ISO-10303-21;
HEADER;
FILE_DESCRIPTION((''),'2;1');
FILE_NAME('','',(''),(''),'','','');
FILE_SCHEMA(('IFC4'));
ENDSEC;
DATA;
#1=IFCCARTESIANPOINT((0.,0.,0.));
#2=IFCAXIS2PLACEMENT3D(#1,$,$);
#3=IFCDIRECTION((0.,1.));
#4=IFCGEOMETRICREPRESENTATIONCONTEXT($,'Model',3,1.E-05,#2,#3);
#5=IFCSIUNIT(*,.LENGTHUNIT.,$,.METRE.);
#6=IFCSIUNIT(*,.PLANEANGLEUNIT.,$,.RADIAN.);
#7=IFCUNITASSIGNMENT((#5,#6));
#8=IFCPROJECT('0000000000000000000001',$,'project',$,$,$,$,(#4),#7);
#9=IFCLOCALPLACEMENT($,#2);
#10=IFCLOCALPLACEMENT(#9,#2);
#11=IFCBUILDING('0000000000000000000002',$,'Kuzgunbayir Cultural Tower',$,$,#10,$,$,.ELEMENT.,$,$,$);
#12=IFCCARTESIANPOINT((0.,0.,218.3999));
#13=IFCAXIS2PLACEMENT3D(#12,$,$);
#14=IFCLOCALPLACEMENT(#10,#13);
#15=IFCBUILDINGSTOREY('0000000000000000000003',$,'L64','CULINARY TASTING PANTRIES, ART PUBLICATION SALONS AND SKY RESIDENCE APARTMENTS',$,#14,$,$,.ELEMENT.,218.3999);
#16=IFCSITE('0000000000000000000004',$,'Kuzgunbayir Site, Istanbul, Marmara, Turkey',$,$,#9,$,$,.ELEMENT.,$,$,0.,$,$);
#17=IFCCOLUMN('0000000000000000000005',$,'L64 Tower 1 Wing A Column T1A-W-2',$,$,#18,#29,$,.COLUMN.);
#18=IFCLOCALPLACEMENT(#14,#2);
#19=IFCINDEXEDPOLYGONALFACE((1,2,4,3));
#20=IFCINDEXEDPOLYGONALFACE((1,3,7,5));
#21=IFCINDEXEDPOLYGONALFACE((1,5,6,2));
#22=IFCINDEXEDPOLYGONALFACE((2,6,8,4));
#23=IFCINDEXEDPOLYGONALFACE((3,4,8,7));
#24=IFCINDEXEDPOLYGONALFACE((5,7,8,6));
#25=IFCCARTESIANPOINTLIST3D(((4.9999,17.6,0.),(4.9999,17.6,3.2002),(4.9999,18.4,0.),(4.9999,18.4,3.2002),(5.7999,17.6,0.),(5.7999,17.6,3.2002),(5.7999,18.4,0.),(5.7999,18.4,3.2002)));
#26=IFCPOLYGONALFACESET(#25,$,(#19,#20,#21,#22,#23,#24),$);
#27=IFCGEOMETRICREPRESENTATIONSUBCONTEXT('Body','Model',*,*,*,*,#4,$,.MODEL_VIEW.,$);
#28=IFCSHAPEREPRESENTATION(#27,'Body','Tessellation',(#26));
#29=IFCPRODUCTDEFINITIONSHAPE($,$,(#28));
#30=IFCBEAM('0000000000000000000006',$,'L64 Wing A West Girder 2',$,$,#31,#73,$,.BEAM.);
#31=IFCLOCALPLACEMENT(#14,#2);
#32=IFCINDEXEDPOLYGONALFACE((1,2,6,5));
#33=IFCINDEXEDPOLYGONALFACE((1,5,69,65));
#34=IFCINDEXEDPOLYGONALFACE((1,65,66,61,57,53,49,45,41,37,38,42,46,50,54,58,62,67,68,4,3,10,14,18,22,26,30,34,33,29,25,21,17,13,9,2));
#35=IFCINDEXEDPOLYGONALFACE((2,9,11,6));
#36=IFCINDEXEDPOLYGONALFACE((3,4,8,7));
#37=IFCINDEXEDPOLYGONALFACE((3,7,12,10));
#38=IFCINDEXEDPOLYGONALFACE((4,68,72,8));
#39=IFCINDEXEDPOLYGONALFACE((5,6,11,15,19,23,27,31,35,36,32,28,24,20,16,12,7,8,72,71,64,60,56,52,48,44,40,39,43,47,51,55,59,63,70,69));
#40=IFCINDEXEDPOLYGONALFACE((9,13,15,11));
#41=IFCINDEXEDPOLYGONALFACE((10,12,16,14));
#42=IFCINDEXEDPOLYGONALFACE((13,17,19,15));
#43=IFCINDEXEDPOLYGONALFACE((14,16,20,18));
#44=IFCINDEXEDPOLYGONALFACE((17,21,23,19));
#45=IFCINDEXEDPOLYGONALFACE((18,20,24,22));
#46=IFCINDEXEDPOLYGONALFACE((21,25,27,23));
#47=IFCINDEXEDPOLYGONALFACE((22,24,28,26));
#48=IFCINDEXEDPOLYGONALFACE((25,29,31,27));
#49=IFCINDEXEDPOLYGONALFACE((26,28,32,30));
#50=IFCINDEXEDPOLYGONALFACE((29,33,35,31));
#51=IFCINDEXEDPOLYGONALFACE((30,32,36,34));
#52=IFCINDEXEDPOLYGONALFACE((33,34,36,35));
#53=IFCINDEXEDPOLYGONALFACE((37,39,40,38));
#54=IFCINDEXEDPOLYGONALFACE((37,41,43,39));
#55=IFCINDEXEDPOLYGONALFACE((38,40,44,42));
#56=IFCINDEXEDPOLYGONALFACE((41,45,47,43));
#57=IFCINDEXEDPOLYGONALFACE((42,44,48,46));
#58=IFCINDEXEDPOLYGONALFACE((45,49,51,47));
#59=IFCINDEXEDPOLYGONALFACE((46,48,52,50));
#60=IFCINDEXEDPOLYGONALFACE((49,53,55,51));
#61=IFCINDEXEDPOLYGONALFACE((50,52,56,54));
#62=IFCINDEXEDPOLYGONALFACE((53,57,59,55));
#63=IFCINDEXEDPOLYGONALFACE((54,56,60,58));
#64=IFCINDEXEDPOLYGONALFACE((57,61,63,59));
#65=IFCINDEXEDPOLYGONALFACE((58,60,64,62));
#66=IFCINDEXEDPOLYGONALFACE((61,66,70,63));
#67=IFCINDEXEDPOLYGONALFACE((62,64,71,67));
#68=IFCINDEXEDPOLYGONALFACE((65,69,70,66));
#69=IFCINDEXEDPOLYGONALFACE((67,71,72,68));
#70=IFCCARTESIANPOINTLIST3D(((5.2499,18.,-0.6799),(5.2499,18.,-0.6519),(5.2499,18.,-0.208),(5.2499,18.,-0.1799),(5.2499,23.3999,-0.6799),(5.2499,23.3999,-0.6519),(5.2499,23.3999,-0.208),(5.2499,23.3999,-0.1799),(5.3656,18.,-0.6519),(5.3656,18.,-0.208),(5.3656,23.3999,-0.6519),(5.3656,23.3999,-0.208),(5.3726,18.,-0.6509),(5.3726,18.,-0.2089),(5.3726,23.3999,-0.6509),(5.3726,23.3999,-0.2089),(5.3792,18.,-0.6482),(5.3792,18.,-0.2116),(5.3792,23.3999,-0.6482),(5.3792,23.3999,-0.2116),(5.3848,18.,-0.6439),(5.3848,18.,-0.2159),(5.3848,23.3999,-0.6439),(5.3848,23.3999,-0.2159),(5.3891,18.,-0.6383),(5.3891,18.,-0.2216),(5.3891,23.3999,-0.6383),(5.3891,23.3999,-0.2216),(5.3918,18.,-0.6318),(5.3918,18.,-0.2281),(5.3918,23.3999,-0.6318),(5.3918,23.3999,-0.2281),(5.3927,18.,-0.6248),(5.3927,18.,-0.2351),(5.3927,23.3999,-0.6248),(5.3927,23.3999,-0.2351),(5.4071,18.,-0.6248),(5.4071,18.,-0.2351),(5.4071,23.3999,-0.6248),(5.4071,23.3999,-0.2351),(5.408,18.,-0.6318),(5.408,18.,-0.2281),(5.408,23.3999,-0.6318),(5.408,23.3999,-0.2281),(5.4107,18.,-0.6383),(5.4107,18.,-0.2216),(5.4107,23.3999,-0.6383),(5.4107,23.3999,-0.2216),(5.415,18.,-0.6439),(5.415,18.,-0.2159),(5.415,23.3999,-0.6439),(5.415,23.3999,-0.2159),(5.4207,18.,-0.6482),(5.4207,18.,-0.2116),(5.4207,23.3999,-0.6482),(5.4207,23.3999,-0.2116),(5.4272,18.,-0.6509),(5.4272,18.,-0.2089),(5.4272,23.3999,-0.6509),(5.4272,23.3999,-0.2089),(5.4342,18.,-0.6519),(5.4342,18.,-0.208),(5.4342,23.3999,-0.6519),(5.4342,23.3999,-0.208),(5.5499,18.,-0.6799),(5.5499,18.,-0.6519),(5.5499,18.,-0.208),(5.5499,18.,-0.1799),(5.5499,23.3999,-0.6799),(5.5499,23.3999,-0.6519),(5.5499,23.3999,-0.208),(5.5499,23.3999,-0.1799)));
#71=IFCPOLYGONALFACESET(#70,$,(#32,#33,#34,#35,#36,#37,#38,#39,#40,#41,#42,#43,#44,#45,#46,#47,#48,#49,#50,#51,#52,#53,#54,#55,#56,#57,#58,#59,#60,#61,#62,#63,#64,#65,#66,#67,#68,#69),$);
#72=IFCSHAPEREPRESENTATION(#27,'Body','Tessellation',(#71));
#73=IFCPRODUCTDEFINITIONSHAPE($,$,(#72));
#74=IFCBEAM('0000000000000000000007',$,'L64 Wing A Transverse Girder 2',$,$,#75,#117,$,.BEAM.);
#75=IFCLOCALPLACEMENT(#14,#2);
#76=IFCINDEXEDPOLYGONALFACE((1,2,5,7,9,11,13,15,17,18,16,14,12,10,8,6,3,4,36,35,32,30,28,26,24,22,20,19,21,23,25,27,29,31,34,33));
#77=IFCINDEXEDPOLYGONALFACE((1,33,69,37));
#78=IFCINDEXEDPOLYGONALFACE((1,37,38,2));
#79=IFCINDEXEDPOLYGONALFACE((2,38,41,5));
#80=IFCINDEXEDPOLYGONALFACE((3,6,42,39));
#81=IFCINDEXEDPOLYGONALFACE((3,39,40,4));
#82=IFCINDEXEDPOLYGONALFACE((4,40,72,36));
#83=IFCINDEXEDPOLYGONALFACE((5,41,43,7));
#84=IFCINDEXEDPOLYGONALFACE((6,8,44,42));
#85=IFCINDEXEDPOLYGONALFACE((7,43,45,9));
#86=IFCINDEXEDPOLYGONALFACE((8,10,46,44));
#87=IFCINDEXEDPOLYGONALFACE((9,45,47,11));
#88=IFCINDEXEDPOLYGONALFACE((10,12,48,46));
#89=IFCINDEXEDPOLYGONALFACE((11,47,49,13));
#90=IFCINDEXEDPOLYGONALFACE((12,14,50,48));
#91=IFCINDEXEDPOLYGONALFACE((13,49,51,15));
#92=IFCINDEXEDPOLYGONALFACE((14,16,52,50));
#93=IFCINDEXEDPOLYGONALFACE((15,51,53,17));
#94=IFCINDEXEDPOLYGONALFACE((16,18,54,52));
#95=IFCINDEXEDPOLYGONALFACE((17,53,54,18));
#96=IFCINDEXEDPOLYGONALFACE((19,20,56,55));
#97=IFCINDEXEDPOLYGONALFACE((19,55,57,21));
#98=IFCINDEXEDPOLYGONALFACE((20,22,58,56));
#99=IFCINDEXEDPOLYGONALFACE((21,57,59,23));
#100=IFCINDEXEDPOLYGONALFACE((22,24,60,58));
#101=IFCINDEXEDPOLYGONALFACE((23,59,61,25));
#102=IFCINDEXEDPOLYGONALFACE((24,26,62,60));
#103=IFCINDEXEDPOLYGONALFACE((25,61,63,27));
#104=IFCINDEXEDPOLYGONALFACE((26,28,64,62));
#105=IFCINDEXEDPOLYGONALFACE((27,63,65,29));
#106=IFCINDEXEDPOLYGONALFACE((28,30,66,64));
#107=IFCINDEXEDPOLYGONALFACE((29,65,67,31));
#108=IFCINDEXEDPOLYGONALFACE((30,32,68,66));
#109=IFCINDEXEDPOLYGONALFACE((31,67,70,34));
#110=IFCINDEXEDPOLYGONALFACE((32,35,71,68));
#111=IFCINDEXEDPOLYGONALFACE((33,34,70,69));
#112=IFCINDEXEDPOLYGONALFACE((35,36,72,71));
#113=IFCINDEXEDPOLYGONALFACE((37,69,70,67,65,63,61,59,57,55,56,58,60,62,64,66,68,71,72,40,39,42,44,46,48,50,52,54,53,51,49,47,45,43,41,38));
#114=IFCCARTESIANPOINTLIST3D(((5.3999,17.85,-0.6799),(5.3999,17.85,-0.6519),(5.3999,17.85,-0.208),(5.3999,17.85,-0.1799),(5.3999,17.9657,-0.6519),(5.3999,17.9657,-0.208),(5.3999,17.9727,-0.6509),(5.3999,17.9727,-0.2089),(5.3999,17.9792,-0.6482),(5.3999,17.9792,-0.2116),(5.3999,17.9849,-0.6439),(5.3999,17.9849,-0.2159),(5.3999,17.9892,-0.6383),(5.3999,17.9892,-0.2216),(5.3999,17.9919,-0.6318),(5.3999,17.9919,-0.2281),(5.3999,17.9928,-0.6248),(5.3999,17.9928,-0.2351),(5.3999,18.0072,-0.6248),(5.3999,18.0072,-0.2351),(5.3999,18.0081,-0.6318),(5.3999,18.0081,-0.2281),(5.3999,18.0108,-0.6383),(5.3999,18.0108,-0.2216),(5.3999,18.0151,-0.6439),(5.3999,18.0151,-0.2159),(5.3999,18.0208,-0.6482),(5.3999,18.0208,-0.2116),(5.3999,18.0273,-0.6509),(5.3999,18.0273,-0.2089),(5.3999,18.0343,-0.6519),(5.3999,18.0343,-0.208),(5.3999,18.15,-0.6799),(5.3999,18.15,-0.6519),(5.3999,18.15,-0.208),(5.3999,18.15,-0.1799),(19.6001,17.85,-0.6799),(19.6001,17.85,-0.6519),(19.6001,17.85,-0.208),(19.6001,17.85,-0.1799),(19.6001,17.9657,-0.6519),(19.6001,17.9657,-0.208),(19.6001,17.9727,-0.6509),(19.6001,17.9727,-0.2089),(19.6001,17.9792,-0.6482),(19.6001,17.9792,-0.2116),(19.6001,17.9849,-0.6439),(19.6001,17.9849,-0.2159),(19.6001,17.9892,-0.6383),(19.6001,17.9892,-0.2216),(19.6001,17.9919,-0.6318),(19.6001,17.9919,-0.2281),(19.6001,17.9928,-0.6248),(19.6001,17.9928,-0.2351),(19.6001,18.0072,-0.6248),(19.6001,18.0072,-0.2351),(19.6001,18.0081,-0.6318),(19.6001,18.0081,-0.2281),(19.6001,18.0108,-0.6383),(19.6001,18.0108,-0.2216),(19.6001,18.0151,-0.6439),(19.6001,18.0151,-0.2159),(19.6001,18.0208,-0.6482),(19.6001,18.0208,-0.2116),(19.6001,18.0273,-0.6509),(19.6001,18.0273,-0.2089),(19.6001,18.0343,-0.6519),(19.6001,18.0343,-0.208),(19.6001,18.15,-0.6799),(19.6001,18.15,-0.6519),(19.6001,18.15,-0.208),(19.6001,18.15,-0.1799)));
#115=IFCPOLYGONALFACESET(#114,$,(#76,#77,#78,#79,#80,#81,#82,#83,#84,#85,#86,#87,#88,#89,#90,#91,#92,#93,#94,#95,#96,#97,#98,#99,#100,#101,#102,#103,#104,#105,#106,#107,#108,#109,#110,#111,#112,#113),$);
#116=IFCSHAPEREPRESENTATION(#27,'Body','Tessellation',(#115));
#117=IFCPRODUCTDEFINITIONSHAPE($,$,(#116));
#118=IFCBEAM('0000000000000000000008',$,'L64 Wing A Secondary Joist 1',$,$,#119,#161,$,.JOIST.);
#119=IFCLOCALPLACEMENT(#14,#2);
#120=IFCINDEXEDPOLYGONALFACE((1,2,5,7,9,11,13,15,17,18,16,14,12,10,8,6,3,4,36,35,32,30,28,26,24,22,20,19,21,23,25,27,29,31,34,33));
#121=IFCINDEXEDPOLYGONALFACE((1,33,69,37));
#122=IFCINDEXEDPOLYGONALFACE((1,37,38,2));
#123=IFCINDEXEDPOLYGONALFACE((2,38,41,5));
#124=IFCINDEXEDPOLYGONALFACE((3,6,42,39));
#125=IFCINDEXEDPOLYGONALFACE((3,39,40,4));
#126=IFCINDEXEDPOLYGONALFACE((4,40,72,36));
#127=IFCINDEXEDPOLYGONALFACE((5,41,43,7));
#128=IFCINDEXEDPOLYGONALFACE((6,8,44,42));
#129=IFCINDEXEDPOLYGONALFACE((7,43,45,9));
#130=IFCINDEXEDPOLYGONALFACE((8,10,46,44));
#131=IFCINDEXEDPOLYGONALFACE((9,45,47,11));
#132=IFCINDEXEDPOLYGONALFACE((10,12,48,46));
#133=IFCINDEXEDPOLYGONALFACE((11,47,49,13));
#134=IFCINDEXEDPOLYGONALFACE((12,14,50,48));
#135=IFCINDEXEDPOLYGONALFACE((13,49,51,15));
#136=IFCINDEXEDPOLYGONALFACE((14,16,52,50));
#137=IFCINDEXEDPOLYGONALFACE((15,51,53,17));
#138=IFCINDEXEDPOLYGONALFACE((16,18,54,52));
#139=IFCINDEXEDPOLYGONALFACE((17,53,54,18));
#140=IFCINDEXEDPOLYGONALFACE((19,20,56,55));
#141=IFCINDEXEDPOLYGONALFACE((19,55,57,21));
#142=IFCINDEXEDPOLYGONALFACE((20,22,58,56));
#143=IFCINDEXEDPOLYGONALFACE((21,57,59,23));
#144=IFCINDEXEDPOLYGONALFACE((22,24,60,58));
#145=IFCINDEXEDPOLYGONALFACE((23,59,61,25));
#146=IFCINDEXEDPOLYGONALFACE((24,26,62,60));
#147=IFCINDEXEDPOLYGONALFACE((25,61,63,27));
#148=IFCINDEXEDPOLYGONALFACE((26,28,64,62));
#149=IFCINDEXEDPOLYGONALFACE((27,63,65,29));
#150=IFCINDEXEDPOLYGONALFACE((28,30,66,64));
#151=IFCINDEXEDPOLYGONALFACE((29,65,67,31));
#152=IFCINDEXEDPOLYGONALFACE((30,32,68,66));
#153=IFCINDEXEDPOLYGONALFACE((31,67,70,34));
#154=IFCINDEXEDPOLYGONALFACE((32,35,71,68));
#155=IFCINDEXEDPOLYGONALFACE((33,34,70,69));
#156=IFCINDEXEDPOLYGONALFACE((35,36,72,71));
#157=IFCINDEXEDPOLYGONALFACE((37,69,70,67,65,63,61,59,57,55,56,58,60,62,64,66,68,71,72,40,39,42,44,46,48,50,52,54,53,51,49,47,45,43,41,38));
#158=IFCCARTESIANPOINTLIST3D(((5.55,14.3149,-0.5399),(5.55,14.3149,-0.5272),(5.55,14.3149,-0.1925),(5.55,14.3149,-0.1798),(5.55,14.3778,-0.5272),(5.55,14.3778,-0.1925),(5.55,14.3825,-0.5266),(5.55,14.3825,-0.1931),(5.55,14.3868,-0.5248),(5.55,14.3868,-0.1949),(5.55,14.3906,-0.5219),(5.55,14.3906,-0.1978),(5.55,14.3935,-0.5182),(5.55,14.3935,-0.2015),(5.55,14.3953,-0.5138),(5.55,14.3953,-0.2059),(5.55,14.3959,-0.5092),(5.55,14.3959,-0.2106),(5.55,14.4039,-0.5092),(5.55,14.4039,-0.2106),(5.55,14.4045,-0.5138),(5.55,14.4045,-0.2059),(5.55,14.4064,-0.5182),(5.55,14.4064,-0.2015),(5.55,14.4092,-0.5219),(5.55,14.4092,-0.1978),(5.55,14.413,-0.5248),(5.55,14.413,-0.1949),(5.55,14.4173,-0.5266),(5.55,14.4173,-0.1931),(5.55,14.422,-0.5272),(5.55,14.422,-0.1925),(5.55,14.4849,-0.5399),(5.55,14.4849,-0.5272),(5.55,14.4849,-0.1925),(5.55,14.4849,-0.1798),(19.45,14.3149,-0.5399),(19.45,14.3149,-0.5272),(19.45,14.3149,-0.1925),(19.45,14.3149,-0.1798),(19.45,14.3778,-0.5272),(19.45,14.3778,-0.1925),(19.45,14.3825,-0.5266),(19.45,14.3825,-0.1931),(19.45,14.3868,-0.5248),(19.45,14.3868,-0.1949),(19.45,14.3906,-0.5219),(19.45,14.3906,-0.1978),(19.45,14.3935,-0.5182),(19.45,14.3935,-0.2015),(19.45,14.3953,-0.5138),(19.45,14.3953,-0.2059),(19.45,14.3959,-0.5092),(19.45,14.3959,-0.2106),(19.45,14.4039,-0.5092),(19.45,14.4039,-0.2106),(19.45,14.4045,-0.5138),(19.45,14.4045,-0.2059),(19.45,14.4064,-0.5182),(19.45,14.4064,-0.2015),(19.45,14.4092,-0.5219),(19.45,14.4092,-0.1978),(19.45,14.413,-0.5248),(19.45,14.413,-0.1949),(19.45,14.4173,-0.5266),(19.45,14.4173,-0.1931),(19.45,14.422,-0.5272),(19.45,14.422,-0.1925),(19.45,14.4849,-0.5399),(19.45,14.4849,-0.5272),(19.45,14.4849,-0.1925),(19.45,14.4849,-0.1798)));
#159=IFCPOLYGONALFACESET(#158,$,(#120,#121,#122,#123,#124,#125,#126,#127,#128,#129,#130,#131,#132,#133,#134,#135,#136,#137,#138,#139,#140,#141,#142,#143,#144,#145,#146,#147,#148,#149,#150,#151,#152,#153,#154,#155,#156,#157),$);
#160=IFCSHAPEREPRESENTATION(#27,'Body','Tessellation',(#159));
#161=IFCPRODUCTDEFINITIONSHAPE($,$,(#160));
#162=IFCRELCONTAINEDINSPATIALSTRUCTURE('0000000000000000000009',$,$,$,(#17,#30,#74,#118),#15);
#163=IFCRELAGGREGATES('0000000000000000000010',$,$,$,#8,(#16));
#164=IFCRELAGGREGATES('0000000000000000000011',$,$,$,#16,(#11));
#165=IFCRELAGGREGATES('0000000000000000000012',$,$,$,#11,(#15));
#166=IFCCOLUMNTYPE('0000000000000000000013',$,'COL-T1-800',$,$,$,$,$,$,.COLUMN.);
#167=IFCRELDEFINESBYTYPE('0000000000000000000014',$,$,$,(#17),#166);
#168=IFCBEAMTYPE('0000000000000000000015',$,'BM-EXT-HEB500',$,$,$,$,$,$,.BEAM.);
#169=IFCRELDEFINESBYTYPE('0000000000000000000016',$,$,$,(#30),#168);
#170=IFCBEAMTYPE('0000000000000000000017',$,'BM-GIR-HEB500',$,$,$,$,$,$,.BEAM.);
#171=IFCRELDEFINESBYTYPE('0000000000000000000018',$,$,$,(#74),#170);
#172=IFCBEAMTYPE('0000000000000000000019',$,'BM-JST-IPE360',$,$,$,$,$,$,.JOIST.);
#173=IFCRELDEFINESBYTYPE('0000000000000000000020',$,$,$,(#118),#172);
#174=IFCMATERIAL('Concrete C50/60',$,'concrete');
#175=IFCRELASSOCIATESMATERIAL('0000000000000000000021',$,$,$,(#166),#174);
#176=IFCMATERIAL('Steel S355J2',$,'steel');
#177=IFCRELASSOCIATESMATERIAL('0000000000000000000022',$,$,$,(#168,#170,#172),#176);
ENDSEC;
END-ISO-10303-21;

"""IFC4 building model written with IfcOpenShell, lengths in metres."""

from ifc_helpers import new_model, si_unit, direction, frame, origin, origin_2d, place, context, subcontext, project, spatial, rectangle, i_section, extrude, material, material_profile, profile_set, type_object, element, save


model = new_model("IFC4")

# Units and contexts
model_context = context("Model", 3, precision=1e-05, world=origin(), true_north=direction((0.0, 1.0)))
body_context = subcontext(model_context, "Body", "Model", "MODEL_VIEW")
ifc_project = project(units=[si_unit("LENGTHUNIT", "METRE"), si_unit("PLANEANGLEUNIT", "RADIAN")], contexts=[model_context])

# Site, building, storey
site_placement = place(None, origin())
site = spatial("IfcSite", under=ifc_project, at=site_placement, Name="Kuzgunbayir Site, Istanbul, Marmara, Turkey", CompositionType="ELEMENT", RefElevation=0.0)
building_placement = place(site_placement, origin())
building = spatial("IfcBuilding", under=site, at=building_placement, Name="Kuzgunbayir Cultural Tower", CompositionType="ELEMENT")
storey_placement = place(building_placement, frame((0.0, 0.0, 218.3999)))
storey = spatial("IfcBuildingStorey", under=building, at=storey_placement, Name="L64", Description="CULINARY TASTING PANTRIES, ART PUBLICATION SALONS AND SKY RESIDENCE APARTMENTS", CompositionType="ELEMENT", Elevation=218.3999)

# Column
ifc_material_1 = material(Name="Concrete C50/60", Category="concrete")
ifc_material_profile_1 = material_profile(ifc_material_1, rectangle(XDim=0.8, YDim=0.8, at=origin_2d()), Name="RC 800x800")
ifc_profile_set_1 = profile_set([ifc_material_profile_1], Name="Concrete C50/60")
column_type = type_object("IfcColumnType", Name="COL-T1-800", PredefinedType="COLUMN", material=ifc_profile_set_1)
column_placement = place(storey_placement, frame((5.3999, 18.0, 0.0), z_axis=(0.0, 0.0, 1.0), x_axis=(1.0, 0.0, 0.0)))
element("IfcColumn", 1, at=column_placement, inside=storey, type_object=column_type, Name="L64 Tower 1 Wing A Column T1A-W-2", PredefinedType="COLUMN", context=body_context, shape_type="SweptSolid", body=[
    extrude(rectangle(XDim=0.8, YDim=0.8, at=origin_2d()), origin(), (0.0, 0.0, 1.0), 3.2002),
])

# Beams
ifc_material_2 = material(Name="Steel S355J2", Category="steel")
ifc_material_profile_2 = material_profile(ifc_material_2, i_section(OverallWidth=0.3, OverallDepth=0.5, WebThickness=0.0144, FlangeThickness=0.0281, FilletRadius=0.0271, at=origin_2d()), Name="HEB 500")
ifc_profile_set_2 = profile_set([ifc_material_profile_2], Name="Steel S355J2")
beam_type_1 = type_object("IfcBeamType", Name="BM-EXT-HEB500", PredefinedType="BEAM", material=ifc_profile_set_2)
beam_1_placement = place(storey_placement, frame((5.3999, 18.0, -0.4299), z_axis=(0.0, 1.0, 0.0), x_axis=(-1.0, 0.0, 0.0)))
element("IfcBeam", 2, at=beam_1_placement, inside=storey, type_object=beam_type_1, Name="L64 Wing A West Girder 2", PredefinedType="BEAM", context=body_context, shape_type="SweptSolid", body=[
    extrude(i_section(OverallWidth=0.3, OverallDepth=0.5, WebThickness=0.0144, FlangeThickness=0.0281, FilletRadius=0.0271, at=origin_2d()), origin(), (0.0, 0.0, 1.0), 5.3999),
])
ifc_material_profile_3 = material_profile(ifc_material_2, i_section(OverallWidth=0.3, OverallDepth=0.5, WebThickness=0.0144, FlangeThickness=0.0281, FilletRadius=0.0271, at=origin_2d()), Name="HEB 500")
ifc_profile_set_3 = profile_set([ifc_material_profile_3], Name="Steel S355J2")
beam_type_2 = type_object("IfcBeamType", Name="BM-GIR-HEB500", PredefinedType="BEAM", material=ifc_profile_set_3)
beam_2_placement = place(storey_placement, frame((5.3999, 18.0, -0.4299), z_axis=(1.0, 0.0, 0.0), x_axis=(0.0, 1.0, 0.0)))
element("IfcBeam", 3, at=beam_2_placement, inside=storey, type_object=beam_type_2, Name="L64 Wing A Transverse Girder 2", PredefinedType="BEAM", context=body_context, shape_type="SweptSolid", body=[
    extrude(i_section(OverallWidth=0.3, OverallDepth=0.5, WebThickness=0.0144, FlangeThickness=0.0281, FilletRadius=0.0271, at=origin_2d()), origin(), (0.0, 0.0, 1.0), 14.2002),
])
ifc_material_profile_4 = material_profile(ifc_material_2, i_section(OverallWidth=0.1699, OverallDepth=0.3601, WebThickness=0.0081, FlangeThickness=0.0127, FilletRadius=0.0181, at=origin_2d()), Name="IPE 360")
ifc_profile_set_4 = profile_set([ifc_material_profile_4], Name="Steel S355J2")
beam_type_3 = type_object("IfcBeamType", Name="BM-JST-IPE360", PredefinedType="JOIST", material=ifc_profile_set_4)
for number, where, z_axis, x_axis, name in (
    (4, (5.55, 14.3999, -0.3599), (1.0, 0.0, 0.0), (0.0, 1.0, 0.0), "L64 Wing A Secondary Joist 1"),
):
    element("IfcBeam", number, at=place(storey_placement, frame(where, z_axis=z_axis, x_axis=x_axis)), inside=storey, type_object=beam_type_3, Name=name, PredefinedType="JOIST", context=body_context, shape_type="SweptSolid", body=[
        extrude(i_section(OverallWidth=0.1699, OverallDepth=0.3601, WebThickness=0.0081, FlangeThickness=0.0127, FilletRadius=0.0181, at=origin_2d()), origin(), (0.0, 0.0, 1.0), 13.8999),
    ])

save(model, "model.ifc")
